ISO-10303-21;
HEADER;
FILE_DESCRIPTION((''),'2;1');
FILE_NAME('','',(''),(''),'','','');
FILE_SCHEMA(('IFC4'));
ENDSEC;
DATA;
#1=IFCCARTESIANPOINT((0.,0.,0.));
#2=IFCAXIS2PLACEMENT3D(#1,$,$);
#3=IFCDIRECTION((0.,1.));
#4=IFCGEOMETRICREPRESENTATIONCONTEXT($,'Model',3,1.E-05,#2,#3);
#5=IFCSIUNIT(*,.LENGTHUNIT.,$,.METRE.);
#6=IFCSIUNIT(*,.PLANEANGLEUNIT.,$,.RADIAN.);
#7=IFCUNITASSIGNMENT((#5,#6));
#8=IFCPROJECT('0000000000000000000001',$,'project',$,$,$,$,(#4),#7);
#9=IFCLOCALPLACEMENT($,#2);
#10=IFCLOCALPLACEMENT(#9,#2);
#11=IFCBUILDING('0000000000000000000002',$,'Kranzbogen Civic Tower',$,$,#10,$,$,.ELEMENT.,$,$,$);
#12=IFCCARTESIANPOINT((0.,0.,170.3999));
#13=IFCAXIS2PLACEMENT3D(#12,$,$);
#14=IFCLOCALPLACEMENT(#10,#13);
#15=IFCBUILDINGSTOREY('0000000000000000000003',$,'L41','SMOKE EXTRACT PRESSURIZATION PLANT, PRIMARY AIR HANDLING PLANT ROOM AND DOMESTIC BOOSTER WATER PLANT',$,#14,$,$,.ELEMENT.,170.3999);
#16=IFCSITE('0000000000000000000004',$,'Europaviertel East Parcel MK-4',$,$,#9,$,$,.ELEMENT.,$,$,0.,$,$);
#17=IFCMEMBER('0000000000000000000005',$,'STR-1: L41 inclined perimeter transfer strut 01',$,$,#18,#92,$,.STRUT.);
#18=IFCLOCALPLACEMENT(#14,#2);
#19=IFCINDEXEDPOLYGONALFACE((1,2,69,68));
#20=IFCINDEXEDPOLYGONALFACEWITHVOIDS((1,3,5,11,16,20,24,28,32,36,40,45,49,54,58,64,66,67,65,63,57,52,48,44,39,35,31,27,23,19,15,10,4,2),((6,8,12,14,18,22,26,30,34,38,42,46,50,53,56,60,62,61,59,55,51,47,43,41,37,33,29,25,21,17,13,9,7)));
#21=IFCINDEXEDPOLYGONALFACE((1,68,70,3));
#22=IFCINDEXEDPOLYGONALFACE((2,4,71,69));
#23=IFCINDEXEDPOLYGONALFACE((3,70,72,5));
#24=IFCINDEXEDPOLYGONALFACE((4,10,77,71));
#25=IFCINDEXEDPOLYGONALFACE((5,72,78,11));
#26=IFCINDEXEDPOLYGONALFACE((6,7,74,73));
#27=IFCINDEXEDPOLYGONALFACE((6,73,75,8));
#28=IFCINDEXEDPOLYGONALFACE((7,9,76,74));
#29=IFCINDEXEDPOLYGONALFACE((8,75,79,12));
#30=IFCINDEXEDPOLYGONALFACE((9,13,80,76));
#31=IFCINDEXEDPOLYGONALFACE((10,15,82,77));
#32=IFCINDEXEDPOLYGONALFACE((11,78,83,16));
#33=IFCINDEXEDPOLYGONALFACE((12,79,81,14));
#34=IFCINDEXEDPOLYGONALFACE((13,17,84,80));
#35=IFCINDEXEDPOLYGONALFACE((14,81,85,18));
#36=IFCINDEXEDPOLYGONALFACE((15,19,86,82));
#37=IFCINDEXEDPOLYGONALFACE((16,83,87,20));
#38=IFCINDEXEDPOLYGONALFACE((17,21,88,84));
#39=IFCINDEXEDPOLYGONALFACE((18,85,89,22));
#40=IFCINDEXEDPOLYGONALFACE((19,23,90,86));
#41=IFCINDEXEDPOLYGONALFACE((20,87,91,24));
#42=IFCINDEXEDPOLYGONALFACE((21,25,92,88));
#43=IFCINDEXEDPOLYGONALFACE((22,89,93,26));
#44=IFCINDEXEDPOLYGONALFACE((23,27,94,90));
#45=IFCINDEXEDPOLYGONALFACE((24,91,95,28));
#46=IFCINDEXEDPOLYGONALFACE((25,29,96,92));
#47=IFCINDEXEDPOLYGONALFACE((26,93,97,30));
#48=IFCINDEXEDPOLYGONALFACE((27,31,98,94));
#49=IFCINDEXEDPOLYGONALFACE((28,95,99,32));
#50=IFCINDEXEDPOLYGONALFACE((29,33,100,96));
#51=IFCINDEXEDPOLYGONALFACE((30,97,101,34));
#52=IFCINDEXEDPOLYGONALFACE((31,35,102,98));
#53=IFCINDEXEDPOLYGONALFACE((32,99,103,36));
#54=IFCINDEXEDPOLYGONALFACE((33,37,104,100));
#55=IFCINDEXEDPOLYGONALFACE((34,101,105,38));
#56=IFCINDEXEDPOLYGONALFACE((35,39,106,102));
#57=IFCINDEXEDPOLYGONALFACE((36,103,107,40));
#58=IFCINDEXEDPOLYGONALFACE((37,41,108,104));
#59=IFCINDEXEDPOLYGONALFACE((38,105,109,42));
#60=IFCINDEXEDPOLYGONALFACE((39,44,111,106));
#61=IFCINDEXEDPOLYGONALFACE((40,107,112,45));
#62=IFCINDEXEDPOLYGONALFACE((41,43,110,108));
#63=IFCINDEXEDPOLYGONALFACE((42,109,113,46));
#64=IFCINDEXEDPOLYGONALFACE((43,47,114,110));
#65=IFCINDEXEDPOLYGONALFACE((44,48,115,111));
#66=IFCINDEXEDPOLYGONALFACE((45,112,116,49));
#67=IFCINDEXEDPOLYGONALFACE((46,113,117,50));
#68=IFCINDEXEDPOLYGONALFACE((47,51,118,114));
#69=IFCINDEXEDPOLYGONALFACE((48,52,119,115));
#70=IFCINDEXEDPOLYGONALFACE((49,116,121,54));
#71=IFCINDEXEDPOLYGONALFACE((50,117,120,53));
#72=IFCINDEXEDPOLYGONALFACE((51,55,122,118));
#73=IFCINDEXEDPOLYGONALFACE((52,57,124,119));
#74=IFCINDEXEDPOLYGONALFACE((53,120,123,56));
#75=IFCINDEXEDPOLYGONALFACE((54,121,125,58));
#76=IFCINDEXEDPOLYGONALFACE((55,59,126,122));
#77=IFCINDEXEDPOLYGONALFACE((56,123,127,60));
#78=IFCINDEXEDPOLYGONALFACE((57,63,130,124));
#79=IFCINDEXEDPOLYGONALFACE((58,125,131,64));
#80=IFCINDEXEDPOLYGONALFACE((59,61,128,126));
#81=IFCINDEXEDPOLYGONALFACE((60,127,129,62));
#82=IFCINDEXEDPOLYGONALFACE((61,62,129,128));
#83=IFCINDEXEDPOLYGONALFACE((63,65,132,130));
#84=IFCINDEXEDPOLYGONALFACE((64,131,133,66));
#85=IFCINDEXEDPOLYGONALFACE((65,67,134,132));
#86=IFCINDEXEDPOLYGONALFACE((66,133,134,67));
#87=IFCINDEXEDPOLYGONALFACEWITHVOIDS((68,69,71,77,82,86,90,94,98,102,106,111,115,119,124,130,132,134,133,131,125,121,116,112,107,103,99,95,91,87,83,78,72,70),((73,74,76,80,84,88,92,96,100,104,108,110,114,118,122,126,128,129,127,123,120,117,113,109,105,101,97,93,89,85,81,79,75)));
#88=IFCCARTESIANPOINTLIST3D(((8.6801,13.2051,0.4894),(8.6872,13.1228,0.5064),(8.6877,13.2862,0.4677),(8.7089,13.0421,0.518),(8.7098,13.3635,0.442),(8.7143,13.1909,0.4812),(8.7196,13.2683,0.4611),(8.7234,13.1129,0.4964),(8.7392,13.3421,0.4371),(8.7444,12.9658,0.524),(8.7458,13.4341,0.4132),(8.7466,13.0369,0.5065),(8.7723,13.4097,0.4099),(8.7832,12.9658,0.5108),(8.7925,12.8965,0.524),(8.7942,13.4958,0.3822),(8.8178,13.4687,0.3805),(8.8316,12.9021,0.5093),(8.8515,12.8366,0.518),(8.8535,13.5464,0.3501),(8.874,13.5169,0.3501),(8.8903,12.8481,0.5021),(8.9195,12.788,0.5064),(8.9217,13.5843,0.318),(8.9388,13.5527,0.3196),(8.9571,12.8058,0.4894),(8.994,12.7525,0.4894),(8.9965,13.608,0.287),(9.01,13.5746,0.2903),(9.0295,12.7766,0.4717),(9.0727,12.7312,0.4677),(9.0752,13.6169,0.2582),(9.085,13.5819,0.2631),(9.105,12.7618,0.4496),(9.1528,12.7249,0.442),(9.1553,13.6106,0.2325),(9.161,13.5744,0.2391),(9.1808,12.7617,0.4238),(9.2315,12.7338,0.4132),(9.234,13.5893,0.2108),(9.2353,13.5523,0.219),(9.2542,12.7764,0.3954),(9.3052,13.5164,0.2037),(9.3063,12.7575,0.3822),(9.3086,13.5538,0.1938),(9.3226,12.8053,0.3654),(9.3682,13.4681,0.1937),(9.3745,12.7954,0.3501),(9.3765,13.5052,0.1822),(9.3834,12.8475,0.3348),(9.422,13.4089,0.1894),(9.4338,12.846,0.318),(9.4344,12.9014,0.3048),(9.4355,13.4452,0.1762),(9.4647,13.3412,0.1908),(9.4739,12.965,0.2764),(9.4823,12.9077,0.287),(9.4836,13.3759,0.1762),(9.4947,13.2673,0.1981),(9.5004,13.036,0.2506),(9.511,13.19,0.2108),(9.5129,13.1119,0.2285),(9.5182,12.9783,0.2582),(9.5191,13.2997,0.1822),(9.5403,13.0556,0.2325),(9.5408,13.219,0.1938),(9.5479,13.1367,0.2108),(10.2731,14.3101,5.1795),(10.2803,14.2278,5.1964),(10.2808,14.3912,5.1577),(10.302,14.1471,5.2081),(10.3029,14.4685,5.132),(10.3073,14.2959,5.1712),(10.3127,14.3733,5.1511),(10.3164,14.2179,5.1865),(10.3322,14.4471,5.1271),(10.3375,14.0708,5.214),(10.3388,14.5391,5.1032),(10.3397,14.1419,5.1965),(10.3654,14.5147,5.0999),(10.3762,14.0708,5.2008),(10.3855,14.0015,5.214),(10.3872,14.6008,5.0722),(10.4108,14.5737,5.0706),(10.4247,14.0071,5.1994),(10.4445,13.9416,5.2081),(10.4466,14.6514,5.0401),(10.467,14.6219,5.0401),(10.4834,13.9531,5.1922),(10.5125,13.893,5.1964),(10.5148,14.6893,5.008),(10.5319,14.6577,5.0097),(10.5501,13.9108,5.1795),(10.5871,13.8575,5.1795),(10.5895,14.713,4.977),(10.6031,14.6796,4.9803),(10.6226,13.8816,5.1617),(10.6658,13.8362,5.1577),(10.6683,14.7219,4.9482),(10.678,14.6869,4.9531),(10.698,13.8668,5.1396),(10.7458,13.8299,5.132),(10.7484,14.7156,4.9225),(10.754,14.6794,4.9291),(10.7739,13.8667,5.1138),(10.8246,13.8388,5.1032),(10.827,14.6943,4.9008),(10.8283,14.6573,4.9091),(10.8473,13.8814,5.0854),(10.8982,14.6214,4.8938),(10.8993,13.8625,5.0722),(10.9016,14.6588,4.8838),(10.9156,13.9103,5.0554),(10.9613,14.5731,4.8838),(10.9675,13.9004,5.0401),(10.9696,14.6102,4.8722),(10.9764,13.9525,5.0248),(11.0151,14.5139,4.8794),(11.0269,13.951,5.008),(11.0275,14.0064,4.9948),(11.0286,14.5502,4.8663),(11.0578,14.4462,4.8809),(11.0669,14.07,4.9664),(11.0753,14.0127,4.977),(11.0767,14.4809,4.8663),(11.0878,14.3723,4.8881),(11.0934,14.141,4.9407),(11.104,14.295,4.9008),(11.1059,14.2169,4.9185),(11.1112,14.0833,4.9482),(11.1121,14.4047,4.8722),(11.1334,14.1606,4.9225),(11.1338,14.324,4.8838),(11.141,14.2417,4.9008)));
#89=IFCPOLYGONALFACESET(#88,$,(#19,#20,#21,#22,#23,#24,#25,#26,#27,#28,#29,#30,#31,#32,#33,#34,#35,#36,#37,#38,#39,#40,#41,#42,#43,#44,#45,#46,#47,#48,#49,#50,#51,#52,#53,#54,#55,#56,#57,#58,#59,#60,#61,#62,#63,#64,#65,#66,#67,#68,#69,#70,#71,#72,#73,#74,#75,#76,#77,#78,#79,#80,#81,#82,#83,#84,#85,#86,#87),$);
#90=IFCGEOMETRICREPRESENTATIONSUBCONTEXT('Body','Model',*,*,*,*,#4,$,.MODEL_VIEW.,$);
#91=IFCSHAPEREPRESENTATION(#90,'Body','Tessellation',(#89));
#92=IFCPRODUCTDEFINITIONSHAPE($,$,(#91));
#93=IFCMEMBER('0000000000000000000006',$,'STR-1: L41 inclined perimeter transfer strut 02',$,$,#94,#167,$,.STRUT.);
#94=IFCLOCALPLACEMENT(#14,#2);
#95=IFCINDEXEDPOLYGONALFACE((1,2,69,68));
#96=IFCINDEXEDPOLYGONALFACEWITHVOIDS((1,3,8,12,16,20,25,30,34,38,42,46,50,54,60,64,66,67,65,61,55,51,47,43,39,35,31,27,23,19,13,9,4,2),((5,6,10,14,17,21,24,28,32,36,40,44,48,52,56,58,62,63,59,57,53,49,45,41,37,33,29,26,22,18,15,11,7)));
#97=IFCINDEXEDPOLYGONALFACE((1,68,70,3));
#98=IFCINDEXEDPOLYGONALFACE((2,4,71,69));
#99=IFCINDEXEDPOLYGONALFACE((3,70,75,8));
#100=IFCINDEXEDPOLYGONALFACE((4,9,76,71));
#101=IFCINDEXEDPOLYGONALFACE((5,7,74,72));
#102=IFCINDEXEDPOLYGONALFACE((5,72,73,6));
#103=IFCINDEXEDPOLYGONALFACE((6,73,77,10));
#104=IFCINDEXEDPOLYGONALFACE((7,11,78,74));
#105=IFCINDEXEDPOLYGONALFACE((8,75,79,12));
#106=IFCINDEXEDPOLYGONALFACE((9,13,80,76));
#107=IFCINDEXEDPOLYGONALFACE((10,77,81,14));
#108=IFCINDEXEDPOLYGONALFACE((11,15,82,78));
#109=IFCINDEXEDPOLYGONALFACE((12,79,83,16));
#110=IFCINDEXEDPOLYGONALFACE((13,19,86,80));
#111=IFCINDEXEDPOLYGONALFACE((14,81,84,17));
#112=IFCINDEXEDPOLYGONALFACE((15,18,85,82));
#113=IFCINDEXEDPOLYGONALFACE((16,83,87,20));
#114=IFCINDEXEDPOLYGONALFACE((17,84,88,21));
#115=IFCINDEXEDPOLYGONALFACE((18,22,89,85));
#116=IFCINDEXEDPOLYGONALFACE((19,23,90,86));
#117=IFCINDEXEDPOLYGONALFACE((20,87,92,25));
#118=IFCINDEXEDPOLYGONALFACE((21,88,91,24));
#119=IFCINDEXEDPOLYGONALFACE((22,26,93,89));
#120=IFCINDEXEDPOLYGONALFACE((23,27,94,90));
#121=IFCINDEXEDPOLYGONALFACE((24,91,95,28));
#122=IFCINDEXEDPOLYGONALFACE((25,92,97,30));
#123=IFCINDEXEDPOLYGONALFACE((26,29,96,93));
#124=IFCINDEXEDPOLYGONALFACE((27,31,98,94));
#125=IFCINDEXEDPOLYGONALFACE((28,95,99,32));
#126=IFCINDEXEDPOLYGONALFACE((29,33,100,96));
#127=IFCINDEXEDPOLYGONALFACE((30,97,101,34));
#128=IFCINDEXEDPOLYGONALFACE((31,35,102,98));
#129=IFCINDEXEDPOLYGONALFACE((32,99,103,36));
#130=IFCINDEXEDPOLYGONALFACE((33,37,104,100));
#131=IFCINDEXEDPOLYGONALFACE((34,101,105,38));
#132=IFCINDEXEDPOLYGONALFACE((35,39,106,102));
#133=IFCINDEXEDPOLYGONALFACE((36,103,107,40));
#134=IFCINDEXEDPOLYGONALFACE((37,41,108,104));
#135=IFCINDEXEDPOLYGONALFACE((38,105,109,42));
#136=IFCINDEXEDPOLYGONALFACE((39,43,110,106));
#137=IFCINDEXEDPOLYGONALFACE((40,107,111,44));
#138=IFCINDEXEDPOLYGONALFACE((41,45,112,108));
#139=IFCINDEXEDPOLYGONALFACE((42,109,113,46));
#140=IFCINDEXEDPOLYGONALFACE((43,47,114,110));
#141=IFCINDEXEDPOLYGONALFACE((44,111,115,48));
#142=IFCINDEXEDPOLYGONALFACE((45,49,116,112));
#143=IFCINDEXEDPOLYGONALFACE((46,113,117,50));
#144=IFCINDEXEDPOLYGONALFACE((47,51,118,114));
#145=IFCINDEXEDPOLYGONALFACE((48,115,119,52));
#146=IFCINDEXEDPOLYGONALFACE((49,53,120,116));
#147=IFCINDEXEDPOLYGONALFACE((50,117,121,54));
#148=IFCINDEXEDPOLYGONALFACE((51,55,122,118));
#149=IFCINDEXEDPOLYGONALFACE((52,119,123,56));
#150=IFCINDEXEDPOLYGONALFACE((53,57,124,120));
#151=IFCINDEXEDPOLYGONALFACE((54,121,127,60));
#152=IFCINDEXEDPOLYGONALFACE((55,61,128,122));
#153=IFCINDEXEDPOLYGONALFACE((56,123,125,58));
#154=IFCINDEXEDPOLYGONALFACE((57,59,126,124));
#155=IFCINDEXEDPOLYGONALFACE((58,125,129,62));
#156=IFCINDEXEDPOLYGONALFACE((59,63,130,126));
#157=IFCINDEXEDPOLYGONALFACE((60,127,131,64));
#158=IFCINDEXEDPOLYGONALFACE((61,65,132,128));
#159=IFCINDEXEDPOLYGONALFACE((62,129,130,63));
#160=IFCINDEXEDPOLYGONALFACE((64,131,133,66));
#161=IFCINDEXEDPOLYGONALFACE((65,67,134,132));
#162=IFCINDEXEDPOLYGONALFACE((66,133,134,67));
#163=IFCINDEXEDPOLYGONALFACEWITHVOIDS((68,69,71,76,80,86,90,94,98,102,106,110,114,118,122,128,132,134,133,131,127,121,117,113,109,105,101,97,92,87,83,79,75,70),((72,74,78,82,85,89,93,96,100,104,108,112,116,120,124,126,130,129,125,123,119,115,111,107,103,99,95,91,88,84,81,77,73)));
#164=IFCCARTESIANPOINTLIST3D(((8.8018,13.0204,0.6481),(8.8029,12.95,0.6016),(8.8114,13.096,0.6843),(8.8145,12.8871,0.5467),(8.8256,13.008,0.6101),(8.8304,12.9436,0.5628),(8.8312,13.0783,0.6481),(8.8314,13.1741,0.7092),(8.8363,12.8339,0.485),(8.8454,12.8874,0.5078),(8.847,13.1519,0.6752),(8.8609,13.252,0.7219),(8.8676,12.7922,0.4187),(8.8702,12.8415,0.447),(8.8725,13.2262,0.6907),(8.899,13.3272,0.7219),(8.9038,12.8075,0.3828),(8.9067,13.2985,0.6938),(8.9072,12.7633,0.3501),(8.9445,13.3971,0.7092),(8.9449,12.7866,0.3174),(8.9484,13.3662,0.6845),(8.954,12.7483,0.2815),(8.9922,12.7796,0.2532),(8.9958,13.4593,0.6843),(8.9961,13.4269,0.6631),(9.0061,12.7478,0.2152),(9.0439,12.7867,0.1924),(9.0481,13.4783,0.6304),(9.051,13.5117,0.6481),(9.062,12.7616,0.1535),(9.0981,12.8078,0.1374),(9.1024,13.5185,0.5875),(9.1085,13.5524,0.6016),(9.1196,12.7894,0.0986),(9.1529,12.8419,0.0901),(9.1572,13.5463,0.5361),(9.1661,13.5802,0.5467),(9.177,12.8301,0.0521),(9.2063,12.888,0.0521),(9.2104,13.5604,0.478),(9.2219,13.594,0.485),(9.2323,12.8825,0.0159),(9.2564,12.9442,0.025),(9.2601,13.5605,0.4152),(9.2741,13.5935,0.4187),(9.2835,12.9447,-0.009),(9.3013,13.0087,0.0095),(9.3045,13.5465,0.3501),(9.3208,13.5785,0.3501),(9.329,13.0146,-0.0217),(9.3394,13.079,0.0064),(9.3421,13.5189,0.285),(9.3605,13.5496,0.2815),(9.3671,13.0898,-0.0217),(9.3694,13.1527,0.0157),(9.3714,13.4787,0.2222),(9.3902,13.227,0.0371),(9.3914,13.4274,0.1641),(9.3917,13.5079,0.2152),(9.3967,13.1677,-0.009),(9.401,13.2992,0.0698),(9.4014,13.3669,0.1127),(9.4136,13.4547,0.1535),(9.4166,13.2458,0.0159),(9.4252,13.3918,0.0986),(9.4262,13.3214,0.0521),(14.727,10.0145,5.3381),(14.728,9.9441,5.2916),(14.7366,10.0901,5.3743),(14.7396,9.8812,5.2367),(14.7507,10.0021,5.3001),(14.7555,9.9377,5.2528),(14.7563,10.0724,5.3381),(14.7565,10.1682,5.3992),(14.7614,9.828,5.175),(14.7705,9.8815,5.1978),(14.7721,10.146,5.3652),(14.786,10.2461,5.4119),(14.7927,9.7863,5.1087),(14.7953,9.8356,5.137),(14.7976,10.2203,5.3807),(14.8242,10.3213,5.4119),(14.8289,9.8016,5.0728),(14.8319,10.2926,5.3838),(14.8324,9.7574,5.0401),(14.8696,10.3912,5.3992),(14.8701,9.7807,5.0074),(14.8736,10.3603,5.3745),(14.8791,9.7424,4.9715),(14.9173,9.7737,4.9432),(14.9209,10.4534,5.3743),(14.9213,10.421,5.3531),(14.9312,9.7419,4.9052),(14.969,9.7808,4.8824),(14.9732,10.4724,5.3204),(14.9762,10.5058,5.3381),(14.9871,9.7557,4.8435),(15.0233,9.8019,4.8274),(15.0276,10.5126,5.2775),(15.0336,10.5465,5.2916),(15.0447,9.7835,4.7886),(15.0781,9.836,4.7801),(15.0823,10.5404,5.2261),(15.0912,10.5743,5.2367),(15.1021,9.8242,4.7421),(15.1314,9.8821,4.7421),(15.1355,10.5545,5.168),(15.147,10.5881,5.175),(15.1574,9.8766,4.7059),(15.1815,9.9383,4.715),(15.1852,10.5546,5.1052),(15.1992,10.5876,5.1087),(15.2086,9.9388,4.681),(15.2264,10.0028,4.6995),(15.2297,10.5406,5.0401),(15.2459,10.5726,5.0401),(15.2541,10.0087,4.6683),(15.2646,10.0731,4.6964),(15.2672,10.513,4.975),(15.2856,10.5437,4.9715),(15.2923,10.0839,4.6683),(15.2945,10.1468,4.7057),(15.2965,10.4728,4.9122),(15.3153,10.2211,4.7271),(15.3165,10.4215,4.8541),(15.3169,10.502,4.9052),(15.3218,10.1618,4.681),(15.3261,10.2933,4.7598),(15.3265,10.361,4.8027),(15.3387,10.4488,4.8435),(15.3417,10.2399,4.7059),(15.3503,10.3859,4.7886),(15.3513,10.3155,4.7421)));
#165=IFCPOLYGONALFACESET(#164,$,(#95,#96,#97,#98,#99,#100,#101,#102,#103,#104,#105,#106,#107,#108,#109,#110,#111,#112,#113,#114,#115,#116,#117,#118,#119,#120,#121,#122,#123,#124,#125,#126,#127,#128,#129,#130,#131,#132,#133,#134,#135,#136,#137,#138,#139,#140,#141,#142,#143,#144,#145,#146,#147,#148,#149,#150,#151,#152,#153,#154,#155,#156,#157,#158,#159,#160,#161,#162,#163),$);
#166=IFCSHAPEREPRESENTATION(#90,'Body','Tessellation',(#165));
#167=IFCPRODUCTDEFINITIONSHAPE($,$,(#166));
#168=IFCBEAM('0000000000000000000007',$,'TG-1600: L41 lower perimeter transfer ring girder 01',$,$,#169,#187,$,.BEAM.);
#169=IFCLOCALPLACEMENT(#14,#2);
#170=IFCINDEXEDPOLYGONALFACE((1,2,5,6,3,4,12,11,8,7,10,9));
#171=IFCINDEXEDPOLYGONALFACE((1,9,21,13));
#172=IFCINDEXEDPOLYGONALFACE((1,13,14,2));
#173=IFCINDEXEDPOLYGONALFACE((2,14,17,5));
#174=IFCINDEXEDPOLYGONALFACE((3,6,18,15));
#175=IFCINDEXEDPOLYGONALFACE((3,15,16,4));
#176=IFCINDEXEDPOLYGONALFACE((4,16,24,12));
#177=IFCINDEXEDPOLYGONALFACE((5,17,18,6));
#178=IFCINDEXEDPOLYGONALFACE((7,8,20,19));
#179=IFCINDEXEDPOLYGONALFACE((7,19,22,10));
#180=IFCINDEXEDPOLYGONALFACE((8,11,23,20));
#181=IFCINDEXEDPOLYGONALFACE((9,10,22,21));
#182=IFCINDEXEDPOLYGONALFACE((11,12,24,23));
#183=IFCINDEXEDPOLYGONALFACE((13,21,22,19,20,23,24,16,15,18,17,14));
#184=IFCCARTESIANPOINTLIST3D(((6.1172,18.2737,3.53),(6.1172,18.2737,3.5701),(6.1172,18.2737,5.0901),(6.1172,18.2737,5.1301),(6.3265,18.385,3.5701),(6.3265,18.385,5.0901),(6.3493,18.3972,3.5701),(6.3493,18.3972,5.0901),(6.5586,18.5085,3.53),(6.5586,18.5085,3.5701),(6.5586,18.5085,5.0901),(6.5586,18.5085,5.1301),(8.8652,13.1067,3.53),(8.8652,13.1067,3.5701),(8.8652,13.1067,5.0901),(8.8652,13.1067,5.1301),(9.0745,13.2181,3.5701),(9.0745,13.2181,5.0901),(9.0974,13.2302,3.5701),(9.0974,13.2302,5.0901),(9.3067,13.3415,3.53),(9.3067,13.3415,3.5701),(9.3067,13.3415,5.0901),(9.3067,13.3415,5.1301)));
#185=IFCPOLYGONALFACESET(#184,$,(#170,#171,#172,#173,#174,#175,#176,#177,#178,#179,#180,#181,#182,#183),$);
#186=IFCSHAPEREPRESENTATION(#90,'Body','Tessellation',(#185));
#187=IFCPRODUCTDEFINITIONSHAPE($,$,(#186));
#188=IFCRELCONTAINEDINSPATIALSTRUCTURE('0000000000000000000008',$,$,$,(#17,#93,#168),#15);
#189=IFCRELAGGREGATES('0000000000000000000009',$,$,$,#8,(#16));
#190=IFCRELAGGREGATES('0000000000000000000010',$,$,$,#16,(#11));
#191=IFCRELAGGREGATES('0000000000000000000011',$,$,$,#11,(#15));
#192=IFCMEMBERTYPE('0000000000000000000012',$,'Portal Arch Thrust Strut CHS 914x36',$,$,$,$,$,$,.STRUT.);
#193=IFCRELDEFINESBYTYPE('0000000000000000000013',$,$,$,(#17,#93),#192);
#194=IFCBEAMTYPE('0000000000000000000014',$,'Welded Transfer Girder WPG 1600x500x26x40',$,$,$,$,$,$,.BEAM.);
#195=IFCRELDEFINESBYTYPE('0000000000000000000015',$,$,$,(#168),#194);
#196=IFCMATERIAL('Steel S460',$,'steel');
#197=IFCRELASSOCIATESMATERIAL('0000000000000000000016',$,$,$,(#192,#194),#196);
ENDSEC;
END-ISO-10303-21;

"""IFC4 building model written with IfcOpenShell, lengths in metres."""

from ifc_helpers import new_model, si_unit, direction, frame, origin, origin_2d, place, context, subcontext, project, spatial, hollow_circle, i_section, extrude, material, material_profile, profile_set, type_object, element, save


model = new_model("IFC4")

# Units and contexts
model_context = context("Model", 3, precision=1e-05, world=origin(), true_north=direction((0.0, 1.0)))
body_context = subcontext(model_context, "Body", "Model", "MODEL_VIEW")
ifc_project = project(units=[si_unit("LENGTHUNIT", "METRE"), si_unit("PLANEANGLEUNIT", "RADIAN")], contexts=[model_context])

# Site, building, storey
site_placement = place(None, origin())
site = spatial("IfcSite", under=ifc_project, at=site_placement, Name="Europaviertel East Parcel MK-4", CompositionType="ELEMENT", RefElevation=0.0)
building_placement = place(site_placement, origin())
building = spatial("IfcBuilding", under=site, at=building_placement, Name="Kranzbogen Civic Tower", CompositionType="ELEMENT")
storey_placement = place(building_placement, frame((0.0, 0.0, 170.3999)))
storey = spatial("IfcBuildingStorey", under=building, at=storey_placement, Name="L41", Description="SMOKE EXTRACT PRESSURIZATION PLANT, PRIMARY AIR HANDLING PLANT ROOM AND DOMESTIC BOOSTER WATER PLANT", CompositionType="ELEMENT", Elevation=170.3999)

# Members
ifc_material_1 = material(Name="Steel S460", Category="steel")
ifc_material_profile_1 = material_profile(ifc_material_1, hollow_circle(Radius=0.457, WallThickness=0.0359, at=origin_2d()), Name="CHS 914x36")
ifc_profile_set_1 = profile_set([ifc_material_profile_1], Name="Steel S460")
member_type_1 = type_object("IfcMemberType", Name="Portal Arch Thrust Strut CHS 914x36", PredefinedType="STRUT", material=ifc_profile_set_1)
member_1_placement = place(storey_placement, frame((9.114, 13.1709, 0.3501), z_axis=(0.313904, 0.217736, 0.924151), x_axis=(-0.56995, 0.82168, 0.0)))
element("IfcMember", 1, at=member_1_placement, inside=storey, type_object=member_type_1, Name="STR-1: L41 inclined perimeter transfer strut 01", PredefinedType="STRUT", context=body_context, shape_type="SweptSolid", body=[
    extrude(hollow_circle(Radius=0.457, WallThickness=0.0359, at=origin_2d()), origin(), (0.0, 0.0, 1.0), 5.075),
])
member_2_placement = place(storey_placement, frame((9.114, 13.1709, 0.3501), z_axis=(0.728568, -0.369612, 0.576694), x_axis=(0.452424, 0.891803, 0.0)))
element("IfcMember", 2, at=member_2_placement, inside=storey, type_object=member_type_1, Name="STR-1: L41 inclined perimeter transfer strut 02", PredefinedType="STRUT", context=body_context, shape_type="SweptSolid", body=[
    extrude(hollow_circle(Radius=0.457, WallThickness=0.0359, at=origin_2d()), origin(), (0.0, 0.0, 1.0), 8.1326),
])

# Beam
ifc_material_profile_2 = material_profile(ifc_material_1, i_section(OverallWidth=0.5, OverallDepth=1.6001, WebThickness=0.0259, FlangeThickness=0.04, at=origin_2d()), Name="WPG 1600x500x26x40")
ifc_profile_set_2 = profile_set([ifc_material_profile_2], Name="Steel S460")
beam_type = type_object("IfcBeamType", Name="Welded Transfer Girder WPG 1600x500x26x40", PredefinedType="BEAM", material=ifc_profile_set_2)
beam_1_placement = place(storey_placement, frame((6.3379, 18.3911, 4.3301), z_axis=(0.469566, -0.882897, 0.0), x_axis=(0.882897, 0.469566, 0.0)))
element("IfcBeam", 3, at=beam_1_placement, inside=storey, type_object=beam_type, Name="TG-1600: L41 lower perimeter transfer ring girder 01", PredefinedType="BEAM", context=body_context, shape_type="SweptSolid", body=[
    extrude(i_section(OverallWidth=0.5, OverallDepth=1.6001, WebThickness=0.0259, FlangeThickness=0.04, at=origin_2d()), origin(), (0.0, 0.0, 1.0), 5.8523),
])

save(model, "model.ifc")
